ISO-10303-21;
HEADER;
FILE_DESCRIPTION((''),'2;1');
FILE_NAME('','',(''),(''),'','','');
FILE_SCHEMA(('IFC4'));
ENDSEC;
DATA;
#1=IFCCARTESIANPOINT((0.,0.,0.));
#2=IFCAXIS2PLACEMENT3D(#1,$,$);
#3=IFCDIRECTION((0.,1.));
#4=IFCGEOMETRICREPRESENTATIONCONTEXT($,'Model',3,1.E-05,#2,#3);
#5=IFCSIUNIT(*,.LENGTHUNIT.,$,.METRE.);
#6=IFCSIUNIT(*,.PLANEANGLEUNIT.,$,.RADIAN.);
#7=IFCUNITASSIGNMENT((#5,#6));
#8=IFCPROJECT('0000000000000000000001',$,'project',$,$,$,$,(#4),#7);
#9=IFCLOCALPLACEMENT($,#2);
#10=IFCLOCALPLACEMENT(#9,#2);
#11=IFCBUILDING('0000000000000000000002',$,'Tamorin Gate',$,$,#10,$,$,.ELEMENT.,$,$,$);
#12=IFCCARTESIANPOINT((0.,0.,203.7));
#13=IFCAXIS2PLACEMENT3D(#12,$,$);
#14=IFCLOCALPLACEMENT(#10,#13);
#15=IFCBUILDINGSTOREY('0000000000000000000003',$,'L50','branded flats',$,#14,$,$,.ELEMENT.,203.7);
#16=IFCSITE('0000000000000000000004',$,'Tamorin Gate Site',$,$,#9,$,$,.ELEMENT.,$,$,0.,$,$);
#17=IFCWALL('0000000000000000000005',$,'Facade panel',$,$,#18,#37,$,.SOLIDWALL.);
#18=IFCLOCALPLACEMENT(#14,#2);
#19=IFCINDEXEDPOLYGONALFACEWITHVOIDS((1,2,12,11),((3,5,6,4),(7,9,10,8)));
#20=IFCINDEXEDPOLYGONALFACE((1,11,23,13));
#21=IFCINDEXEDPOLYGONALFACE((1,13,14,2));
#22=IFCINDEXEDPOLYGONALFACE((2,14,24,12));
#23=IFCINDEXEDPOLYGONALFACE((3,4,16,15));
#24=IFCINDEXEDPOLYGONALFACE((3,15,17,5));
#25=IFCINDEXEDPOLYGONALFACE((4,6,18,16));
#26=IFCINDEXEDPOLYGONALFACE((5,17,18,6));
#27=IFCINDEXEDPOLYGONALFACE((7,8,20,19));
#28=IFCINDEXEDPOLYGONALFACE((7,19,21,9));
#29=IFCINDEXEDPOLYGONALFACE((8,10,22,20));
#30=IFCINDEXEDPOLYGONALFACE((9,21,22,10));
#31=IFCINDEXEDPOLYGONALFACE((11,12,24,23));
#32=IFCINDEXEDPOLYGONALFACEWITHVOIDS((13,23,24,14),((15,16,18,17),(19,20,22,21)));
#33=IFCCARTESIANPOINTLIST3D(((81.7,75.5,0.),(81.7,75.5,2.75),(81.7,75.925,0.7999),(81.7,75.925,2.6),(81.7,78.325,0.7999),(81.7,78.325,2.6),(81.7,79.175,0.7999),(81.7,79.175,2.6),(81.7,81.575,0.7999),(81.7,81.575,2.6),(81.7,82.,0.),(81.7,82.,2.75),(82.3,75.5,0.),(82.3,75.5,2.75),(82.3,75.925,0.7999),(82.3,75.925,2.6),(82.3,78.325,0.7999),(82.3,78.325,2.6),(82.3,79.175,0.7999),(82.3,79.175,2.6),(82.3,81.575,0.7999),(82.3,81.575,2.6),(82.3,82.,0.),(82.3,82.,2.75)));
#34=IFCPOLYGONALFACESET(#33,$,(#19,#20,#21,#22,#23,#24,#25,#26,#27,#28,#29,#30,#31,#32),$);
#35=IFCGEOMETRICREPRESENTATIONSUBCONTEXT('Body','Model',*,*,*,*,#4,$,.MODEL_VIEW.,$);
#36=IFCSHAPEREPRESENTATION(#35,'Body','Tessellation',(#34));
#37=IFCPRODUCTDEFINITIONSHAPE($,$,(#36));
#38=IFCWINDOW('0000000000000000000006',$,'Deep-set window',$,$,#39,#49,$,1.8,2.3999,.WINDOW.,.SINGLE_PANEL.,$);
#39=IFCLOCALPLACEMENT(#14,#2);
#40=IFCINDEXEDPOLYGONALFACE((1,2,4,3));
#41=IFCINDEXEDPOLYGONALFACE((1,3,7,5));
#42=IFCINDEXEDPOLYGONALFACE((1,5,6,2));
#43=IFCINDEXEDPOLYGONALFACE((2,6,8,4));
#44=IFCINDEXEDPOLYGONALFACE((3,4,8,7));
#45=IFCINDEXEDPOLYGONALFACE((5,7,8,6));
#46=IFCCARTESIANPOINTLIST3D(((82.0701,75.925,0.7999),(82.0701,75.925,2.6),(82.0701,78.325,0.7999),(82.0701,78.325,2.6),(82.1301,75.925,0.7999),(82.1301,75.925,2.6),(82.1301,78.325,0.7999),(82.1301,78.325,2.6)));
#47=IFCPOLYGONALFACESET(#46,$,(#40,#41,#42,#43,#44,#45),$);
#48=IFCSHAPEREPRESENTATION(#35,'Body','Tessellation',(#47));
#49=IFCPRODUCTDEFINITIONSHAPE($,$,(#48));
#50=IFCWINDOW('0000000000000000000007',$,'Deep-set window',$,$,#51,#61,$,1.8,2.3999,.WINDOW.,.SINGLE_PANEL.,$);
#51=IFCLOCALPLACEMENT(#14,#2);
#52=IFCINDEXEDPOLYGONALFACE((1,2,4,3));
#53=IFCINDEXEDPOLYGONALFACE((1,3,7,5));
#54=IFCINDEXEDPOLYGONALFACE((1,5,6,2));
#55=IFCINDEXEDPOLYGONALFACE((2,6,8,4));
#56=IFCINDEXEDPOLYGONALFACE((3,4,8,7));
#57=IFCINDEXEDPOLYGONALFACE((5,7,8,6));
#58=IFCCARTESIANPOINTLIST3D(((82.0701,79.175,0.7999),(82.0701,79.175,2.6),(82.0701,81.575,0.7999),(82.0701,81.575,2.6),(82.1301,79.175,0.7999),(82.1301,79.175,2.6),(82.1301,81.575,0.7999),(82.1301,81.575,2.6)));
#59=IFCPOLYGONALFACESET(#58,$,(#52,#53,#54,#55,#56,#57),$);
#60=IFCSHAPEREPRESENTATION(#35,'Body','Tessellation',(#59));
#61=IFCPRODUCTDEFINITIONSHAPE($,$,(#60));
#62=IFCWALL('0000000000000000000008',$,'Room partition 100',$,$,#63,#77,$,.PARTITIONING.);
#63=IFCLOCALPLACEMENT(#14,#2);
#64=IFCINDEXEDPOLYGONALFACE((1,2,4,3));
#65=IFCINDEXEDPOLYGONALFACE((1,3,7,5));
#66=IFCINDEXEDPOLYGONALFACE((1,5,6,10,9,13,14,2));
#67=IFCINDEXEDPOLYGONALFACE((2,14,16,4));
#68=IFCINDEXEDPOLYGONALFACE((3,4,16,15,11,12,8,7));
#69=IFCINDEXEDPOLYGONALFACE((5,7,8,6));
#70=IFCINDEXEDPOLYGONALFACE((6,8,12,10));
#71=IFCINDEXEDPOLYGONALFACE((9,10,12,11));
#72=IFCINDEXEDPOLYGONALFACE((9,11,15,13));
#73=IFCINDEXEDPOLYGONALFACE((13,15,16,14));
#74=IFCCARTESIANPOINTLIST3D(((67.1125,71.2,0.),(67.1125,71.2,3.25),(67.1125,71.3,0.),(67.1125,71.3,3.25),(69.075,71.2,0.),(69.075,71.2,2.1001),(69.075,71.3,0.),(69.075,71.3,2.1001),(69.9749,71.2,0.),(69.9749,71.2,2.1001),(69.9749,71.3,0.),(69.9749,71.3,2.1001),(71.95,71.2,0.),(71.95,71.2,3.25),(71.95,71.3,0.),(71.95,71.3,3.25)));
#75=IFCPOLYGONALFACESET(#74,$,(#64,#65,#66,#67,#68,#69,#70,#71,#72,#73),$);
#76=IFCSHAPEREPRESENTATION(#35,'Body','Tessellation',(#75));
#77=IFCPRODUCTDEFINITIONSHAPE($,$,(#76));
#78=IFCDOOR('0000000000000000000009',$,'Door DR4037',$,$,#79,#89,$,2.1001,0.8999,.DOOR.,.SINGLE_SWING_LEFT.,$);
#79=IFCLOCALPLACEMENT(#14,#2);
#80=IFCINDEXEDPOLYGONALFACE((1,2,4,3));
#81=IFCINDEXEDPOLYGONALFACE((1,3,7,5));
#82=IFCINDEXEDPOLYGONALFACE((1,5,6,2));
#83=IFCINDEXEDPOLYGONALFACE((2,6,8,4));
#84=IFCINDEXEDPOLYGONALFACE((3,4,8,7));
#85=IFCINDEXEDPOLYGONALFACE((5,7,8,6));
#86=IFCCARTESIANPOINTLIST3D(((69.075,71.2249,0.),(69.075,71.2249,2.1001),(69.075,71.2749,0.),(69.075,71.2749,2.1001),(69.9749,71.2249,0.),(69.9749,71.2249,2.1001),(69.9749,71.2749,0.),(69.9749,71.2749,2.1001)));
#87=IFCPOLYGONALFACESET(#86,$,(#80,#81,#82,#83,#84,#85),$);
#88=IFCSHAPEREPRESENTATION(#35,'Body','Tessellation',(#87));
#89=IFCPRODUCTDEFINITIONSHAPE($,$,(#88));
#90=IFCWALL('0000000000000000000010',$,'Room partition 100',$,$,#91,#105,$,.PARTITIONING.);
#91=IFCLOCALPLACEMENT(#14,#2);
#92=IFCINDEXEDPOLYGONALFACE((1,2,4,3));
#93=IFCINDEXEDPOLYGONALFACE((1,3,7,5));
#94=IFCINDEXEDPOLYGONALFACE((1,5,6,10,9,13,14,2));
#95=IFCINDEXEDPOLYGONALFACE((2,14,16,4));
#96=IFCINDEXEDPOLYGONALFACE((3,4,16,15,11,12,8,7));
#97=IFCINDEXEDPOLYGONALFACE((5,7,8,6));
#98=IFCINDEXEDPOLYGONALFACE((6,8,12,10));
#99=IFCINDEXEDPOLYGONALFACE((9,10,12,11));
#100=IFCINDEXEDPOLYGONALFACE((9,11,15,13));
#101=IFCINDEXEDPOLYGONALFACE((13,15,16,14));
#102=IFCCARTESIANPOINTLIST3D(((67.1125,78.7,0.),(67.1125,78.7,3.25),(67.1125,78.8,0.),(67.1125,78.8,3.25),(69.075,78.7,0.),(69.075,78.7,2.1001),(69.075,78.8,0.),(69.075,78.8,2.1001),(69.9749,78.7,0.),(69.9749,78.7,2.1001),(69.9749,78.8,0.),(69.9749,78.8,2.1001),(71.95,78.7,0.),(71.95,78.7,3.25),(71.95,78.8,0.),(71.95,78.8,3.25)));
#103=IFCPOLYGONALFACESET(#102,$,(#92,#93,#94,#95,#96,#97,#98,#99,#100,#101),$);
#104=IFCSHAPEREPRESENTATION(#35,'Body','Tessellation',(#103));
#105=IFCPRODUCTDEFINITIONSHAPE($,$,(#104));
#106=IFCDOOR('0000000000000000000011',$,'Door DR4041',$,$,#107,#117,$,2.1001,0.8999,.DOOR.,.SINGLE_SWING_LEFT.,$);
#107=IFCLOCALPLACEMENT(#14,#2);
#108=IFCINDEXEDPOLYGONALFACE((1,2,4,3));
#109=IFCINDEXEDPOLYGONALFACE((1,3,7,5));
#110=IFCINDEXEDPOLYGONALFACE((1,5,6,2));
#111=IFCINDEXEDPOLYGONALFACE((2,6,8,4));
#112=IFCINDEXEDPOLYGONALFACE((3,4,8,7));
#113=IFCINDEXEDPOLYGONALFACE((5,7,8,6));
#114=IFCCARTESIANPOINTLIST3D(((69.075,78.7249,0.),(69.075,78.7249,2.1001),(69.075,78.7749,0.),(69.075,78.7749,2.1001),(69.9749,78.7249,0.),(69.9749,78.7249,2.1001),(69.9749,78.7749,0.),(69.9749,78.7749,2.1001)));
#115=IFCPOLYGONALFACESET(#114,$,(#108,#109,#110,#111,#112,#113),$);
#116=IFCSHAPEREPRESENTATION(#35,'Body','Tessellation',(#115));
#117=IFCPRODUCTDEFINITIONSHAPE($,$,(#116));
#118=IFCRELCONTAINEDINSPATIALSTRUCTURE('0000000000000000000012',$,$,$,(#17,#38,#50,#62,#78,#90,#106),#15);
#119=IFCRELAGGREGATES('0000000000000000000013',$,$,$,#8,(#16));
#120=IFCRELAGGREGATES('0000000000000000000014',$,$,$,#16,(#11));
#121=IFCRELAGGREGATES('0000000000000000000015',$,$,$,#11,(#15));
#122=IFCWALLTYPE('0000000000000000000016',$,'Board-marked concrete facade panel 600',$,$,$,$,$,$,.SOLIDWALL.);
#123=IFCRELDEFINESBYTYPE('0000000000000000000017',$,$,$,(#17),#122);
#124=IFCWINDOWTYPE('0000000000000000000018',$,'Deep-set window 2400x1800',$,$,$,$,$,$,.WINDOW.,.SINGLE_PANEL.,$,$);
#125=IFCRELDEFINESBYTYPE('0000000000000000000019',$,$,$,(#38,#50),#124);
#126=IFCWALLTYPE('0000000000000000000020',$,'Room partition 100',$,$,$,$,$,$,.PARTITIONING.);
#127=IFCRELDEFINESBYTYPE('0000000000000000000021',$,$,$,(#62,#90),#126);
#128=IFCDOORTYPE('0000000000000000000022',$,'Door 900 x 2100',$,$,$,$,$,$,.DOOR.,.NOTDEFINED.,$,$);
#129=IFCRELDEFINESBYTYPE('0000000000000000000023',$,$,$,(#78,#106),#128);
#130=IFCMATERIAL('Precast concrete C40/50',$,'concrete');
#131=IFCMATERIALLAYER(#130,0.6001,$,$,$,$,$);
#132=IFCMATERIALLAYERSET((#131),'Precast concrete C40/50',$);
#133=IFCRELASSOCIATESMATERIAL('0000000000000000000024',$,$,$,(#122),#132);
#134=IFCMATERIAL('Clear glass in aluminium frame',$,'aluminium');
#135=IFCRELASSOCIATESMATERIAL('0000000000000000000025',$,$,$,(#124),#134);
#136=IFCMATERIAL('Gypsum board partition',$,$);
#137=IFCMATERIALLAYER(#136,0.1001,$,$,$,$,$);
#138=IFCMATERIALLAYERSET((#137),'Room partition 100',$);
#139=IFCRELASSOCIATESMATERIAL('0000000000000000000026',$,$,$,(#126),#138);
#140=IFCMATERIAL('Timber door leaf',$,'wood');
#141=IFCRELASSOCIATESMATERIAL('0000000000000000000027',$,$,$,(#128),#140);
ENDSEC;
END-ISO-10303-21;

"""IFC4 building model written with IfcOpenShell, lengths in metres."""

from ifc_helpers import new_model, si_unit, direction, frame, frame_2d, origin, place, context, subcontext, project, spatial, rectangle, extrude, material, layer, layer_set, type_object, element, fill, save


model = new_model("IFC4")

# Units and contexts
model_context = context("Model", 3, precision=1e-05, world=origin(), true_north=direction((0.0, 1.0)))
body_context = subcontext(model_context, "Body", "Model", "MODEL_VIEW")
ifc_project = project(units=[si_unit("LENGTHUNIT", "METRE"), si_unit("PLANEANGLEUNIT", "RADIAN")], contexts=[model_context])

# Site, building, storey
site_placement = place(None, origin())
site = spatial("IfcSite", under=ifc_project, at=site_placement, Name="Tamorin Gate Site", CompositionType="ELEMENT", RefElevation=0.0)
building_placement = place(site_placement, origin())
building = spatial("IfcBuilding", under=site, at=building_placement, Name="Tamorin Gate", CompositionType="ELEMENT")
storey_placement = place(building_placement, frame((0.0, 0.0, 203.7)))
storey = spatial("IfcBuildingStorey", under=building, at=storey_placement, Name="L50", Description="branded flats", CompositionType="ELEMENT", Elevation=203.7)

# Wall, openings, windows
ifc_material_1 = material(Name="Precast concrete C40/50", Category="concrete")
ifc_layer_1 = layer(ifc_material_1, 0.6001)
ifc_layer_set_1 = layer_set([ifc_layer_1], Name="Precast concrete C40/50")
wall_type_1 = type_object("IfcWallType", Name="Board-marked concrete facade panel 600", PredefinedType="SOLIDWALL", material=ifc_layer_set_1)
ifc_material_2 = material(Name="Clear glass in aluminium frame", Category="aluminium")
window_type = type_object("IfcWindowType", Name="Deep-set window 2400x1800", PartitioningType="SINGLE_PANEL", PredefinedType="WINDOW", material=ifc_material_2)
wall_1_placement = place(storey_placement, frame((82.0, 75.5, 0.0), z_axis=(0.0, 0.0, 1.0), x_axis=(0.0, 1.0, 0.0)))
wall_1 = element("IfcWall", 1, at=wall_1_placement, inside=storey, type_object=wall_type_1, Name="Facade panel", PredefinedType="SOLIDWALL", context=body_context, shape_type="SweptSolid", body=[
    extrude(rectangle(XDim=6.5, YDim=0.6001, at=frame_2d((3.25, 0.0))), origin(), (0.0, 0.0, 1.0), 2.75),
])
opening_1_placement = place(wall_1_placement, frame((0.425, 0.0, 0.8)))
opening_1 = element("IfcOpeningElement", 2, at=opening_1_placement, cuts=wall_1, PredefinedType="OPENING", context=body_context, shape_type="SweptSolid", body=[
    extrude(rectangle(XDim=2.3999, YDim=1.8, at=frame_2d((1.2, 0.8999))), frame((0.0, 0.3101, 0.0), z_axis=(0.0, -1.0, 0.0), x_axis=(1.0, 0.0, 0.0)), (0.0, 0.0, 1.0), 0.6201),
])
opening_2_placement = place(wall_1_placement, frame((3.675, 0.0, 0.8)))
opening_2 = element("IfcOpeningElement", 3, at=opening_2_placement, cuts=wall_1, PredefinedType="OPENING", context=body_context, shape_type="SweptSolid", body=[
    extrude(rectangle(XDim=2.3999, YDim=1.8, at=frame_2d((1.2, 0.8999))), frame((0.0, 0.3101, 0.0), z_axis=(0.0, -1.0, 0.0), x_axis=(1.0, 0.0, 0.0)), (0.0, 0.0, 1.0), 0.6201),
])
window_1_placement = place(opening_1_placement, origin())
window_1 = element("IfcWindow", 4, at=window_1_placement, inside=storey, type_object=window_type, Name="Deep-set window", OverallHeight=1.8, OverallWidth=2.3999, PartitioningType="SINGLE_PANEL", PredefinedType="WINDOW", context=body_context, shape_type="SweptSolid", body=[
    extrude(rectangle(XDim=2.3999, YDim=1.8, at=frame_2d((1.2, 0.8999))), frame((0.0, -0.0701, 0.0), z_axis=(0.0, -1.0, 0.0), x_axis=(1.0, 0.0, 0.0)), (0.0, 0.0, 1.0), 0.0601),
])
fill(opening_1, window_1)
window_2_placement = place(opening_2_placement, origin())
window_2 = element("IfcWindow", 5, at=window_2_placement, inside=storey, type_object=window_type, Name="Deep-set window", OverallHeight=1.8, OverallWidth=2.3999, PartitioningType="SINGLE_PANEL", PredefinedType="WINDOW", context=body_context, shape_type="SweptSolid", body=[
    extrude(rectangle(XDim=2.3999, YDim=1.8, at=frame_2d((1.2, 0.8999))), frame((0.0, -0.0701, 0.0), z_axis=(0.0, -1.0, 0.0), x_axis=(1.0, 0.0, 0.0)), (0.0, 0.0, 1.0), 0.0601),
])
fill(opening_2, window_2)

# Walls, openings, doors
ifc_material_3 = material(Name="Gypsum board partition")
ifc_layer_2 = layer(ifc_material_3, 0.1001)
ifc_layer_set_2 = layer_set([ifc_layer_2], Name="Room partition 100")
wall_type_2 = type_object("IfcWallType", Name="Room partition 100", PredefinedType="PARTITIONING", material=ifc_layer_set_2)
wall_2_placement = place(storey_placement, frame((67.1125, 71.25, 0.0), z_axis=(0.0, 0.0, 1.0), x_axis=(1.0, 0.0, 0.0)))
wall_2 = element("IfcWall", 6, at=wall_2_placement, inside=storey, type_object=wall_type_2, Name="Room partition 100", PredefinedType="PARTITIONING", context=body_context, shape_type="SweptSolid", body=[
    extrude(rectangle(XDim=4.8374, YDim=0.1001, at=frame_2d((2.4187, 0.0))), origin(), (0.0, 0.0, 1.0), 3.25),
])
opening_3_placement = place(wall_2_placement, frame((1.9624, 0.0, 0.0)))
opening_3 = element("IfcOpeningElement", 7, at=opening_3_placement, cuts=wall_2, PredefinedType="OPENING", context=body_context, shape_type="SweptSolid", body=[
    extrude(rectangle(XDim=0.8999, YDim=2.1001, at=frame_2d((0.45, 1.05))), frame((0.0, 0.0601, 0.0), z_axis=(0.0, -1.0, 0.0), x_axis=(1.0, 0.0, 0.0)), (0.0, 0.0, 1.0), 0.1201),
])
ifc_material_4 = material(Name="Timber door leaf", Category="wood")
door_type = type_object("IfcDoorType", Name="Door 900 x 2100", OperationType="NOTDEFINED", PredefinedType="DOOR", material=ifc_material_4)
door_1_placement = place(opening_3_placement, origin())
door_1 = element("IfcDoor", 8, at=door_1_placement, inside=storey, type_object=door_type, Name="Door DR4037", OperationType="SINGLE_SWING_LEFT", OverallHeight=2.1001, OverallWidth=0.8999, PredefinedType="DOOR", context=body_context, shape_type="SweptSolid", body=[
    extrude(rectangle(XDim=0.8999, YDim=2.1001, at=frame_2d((0.45, 1.05))), frame((0.0, 0.0249, 0.0), z_axis=(0.0, -1.0, 0.0), x_axis=(1.0, 0.0, 0.0)), (0.0, 0.0, 1.0), 0.05),
])
fill(opening_3, door_1)
wall_3_placement = place(storey_placement, frame((67.1125, 78.75, 0.0), z_axis=(0.0, 0.0, 1.0), x_axis=(1.0, 0.0, 0.0)))
wall_3 = element("IfcWall", 9, at=wall_3_placement, inside=storey, type_object=wall_type_2, Name="Room partition 100", PredefinedType="PARTITIONING", context=body_context, shape_type="SweptSolid", body=[
    extrude(rectangle(XDim=4.8374, YDim=0.1001, at=frame_2d((2.4187, 0.0))), origin(), (0.0, 0.0, 1.0), 3.25),
])
opening_4_placement = place(wall_3_placement, frame((1.9624, 0.0, 0.0)))
opening_4 = element("IfcOpeningElement", 10, at=opening_4_placement, cuts=wall_3, PredefinedType="OPENING", context=body_context, shape_type="SweptSolid", body=[
    extrude(rectangle(XDim=0.8999, YDim=2.1001, at=frame_2d((0.45, 1.05))), frame((0.0, 0.0601, 0.0), z_axis=(0.0, -1.0, 0.0), x_axis=(1.0, 0.0, 0.0)), (0.0, 0.0, 1.0), 0.1201),
])
door_2_placement = place(opening_4_placement, origin())
door_2 = element("IfcDoor", 11, at=door_2_placement, inside=storey, type_object=door_type, Name="Door DR4041", OperationType="SINGLE_SWING_LEFT", OverallHeight=2.1001, OverallWidth=0.8999, PredefinedType="DOOR", context=body_context, shape_type="SweptSolid", body=[
    extrude(rectangle(XDim=0.8999, YDim=2.1001, at=frame_2d((0.45, 1.05))), frame((0.0, 0.0249, 0.0), z_axis=(0.0, -1.0, 0.0), x_axis=(1.0, 0.0, 0.0)), (0.0, 0.0, 1.0), 0.05),
])
fill(opening_4, door_2)

save(model, "model.ifc")
